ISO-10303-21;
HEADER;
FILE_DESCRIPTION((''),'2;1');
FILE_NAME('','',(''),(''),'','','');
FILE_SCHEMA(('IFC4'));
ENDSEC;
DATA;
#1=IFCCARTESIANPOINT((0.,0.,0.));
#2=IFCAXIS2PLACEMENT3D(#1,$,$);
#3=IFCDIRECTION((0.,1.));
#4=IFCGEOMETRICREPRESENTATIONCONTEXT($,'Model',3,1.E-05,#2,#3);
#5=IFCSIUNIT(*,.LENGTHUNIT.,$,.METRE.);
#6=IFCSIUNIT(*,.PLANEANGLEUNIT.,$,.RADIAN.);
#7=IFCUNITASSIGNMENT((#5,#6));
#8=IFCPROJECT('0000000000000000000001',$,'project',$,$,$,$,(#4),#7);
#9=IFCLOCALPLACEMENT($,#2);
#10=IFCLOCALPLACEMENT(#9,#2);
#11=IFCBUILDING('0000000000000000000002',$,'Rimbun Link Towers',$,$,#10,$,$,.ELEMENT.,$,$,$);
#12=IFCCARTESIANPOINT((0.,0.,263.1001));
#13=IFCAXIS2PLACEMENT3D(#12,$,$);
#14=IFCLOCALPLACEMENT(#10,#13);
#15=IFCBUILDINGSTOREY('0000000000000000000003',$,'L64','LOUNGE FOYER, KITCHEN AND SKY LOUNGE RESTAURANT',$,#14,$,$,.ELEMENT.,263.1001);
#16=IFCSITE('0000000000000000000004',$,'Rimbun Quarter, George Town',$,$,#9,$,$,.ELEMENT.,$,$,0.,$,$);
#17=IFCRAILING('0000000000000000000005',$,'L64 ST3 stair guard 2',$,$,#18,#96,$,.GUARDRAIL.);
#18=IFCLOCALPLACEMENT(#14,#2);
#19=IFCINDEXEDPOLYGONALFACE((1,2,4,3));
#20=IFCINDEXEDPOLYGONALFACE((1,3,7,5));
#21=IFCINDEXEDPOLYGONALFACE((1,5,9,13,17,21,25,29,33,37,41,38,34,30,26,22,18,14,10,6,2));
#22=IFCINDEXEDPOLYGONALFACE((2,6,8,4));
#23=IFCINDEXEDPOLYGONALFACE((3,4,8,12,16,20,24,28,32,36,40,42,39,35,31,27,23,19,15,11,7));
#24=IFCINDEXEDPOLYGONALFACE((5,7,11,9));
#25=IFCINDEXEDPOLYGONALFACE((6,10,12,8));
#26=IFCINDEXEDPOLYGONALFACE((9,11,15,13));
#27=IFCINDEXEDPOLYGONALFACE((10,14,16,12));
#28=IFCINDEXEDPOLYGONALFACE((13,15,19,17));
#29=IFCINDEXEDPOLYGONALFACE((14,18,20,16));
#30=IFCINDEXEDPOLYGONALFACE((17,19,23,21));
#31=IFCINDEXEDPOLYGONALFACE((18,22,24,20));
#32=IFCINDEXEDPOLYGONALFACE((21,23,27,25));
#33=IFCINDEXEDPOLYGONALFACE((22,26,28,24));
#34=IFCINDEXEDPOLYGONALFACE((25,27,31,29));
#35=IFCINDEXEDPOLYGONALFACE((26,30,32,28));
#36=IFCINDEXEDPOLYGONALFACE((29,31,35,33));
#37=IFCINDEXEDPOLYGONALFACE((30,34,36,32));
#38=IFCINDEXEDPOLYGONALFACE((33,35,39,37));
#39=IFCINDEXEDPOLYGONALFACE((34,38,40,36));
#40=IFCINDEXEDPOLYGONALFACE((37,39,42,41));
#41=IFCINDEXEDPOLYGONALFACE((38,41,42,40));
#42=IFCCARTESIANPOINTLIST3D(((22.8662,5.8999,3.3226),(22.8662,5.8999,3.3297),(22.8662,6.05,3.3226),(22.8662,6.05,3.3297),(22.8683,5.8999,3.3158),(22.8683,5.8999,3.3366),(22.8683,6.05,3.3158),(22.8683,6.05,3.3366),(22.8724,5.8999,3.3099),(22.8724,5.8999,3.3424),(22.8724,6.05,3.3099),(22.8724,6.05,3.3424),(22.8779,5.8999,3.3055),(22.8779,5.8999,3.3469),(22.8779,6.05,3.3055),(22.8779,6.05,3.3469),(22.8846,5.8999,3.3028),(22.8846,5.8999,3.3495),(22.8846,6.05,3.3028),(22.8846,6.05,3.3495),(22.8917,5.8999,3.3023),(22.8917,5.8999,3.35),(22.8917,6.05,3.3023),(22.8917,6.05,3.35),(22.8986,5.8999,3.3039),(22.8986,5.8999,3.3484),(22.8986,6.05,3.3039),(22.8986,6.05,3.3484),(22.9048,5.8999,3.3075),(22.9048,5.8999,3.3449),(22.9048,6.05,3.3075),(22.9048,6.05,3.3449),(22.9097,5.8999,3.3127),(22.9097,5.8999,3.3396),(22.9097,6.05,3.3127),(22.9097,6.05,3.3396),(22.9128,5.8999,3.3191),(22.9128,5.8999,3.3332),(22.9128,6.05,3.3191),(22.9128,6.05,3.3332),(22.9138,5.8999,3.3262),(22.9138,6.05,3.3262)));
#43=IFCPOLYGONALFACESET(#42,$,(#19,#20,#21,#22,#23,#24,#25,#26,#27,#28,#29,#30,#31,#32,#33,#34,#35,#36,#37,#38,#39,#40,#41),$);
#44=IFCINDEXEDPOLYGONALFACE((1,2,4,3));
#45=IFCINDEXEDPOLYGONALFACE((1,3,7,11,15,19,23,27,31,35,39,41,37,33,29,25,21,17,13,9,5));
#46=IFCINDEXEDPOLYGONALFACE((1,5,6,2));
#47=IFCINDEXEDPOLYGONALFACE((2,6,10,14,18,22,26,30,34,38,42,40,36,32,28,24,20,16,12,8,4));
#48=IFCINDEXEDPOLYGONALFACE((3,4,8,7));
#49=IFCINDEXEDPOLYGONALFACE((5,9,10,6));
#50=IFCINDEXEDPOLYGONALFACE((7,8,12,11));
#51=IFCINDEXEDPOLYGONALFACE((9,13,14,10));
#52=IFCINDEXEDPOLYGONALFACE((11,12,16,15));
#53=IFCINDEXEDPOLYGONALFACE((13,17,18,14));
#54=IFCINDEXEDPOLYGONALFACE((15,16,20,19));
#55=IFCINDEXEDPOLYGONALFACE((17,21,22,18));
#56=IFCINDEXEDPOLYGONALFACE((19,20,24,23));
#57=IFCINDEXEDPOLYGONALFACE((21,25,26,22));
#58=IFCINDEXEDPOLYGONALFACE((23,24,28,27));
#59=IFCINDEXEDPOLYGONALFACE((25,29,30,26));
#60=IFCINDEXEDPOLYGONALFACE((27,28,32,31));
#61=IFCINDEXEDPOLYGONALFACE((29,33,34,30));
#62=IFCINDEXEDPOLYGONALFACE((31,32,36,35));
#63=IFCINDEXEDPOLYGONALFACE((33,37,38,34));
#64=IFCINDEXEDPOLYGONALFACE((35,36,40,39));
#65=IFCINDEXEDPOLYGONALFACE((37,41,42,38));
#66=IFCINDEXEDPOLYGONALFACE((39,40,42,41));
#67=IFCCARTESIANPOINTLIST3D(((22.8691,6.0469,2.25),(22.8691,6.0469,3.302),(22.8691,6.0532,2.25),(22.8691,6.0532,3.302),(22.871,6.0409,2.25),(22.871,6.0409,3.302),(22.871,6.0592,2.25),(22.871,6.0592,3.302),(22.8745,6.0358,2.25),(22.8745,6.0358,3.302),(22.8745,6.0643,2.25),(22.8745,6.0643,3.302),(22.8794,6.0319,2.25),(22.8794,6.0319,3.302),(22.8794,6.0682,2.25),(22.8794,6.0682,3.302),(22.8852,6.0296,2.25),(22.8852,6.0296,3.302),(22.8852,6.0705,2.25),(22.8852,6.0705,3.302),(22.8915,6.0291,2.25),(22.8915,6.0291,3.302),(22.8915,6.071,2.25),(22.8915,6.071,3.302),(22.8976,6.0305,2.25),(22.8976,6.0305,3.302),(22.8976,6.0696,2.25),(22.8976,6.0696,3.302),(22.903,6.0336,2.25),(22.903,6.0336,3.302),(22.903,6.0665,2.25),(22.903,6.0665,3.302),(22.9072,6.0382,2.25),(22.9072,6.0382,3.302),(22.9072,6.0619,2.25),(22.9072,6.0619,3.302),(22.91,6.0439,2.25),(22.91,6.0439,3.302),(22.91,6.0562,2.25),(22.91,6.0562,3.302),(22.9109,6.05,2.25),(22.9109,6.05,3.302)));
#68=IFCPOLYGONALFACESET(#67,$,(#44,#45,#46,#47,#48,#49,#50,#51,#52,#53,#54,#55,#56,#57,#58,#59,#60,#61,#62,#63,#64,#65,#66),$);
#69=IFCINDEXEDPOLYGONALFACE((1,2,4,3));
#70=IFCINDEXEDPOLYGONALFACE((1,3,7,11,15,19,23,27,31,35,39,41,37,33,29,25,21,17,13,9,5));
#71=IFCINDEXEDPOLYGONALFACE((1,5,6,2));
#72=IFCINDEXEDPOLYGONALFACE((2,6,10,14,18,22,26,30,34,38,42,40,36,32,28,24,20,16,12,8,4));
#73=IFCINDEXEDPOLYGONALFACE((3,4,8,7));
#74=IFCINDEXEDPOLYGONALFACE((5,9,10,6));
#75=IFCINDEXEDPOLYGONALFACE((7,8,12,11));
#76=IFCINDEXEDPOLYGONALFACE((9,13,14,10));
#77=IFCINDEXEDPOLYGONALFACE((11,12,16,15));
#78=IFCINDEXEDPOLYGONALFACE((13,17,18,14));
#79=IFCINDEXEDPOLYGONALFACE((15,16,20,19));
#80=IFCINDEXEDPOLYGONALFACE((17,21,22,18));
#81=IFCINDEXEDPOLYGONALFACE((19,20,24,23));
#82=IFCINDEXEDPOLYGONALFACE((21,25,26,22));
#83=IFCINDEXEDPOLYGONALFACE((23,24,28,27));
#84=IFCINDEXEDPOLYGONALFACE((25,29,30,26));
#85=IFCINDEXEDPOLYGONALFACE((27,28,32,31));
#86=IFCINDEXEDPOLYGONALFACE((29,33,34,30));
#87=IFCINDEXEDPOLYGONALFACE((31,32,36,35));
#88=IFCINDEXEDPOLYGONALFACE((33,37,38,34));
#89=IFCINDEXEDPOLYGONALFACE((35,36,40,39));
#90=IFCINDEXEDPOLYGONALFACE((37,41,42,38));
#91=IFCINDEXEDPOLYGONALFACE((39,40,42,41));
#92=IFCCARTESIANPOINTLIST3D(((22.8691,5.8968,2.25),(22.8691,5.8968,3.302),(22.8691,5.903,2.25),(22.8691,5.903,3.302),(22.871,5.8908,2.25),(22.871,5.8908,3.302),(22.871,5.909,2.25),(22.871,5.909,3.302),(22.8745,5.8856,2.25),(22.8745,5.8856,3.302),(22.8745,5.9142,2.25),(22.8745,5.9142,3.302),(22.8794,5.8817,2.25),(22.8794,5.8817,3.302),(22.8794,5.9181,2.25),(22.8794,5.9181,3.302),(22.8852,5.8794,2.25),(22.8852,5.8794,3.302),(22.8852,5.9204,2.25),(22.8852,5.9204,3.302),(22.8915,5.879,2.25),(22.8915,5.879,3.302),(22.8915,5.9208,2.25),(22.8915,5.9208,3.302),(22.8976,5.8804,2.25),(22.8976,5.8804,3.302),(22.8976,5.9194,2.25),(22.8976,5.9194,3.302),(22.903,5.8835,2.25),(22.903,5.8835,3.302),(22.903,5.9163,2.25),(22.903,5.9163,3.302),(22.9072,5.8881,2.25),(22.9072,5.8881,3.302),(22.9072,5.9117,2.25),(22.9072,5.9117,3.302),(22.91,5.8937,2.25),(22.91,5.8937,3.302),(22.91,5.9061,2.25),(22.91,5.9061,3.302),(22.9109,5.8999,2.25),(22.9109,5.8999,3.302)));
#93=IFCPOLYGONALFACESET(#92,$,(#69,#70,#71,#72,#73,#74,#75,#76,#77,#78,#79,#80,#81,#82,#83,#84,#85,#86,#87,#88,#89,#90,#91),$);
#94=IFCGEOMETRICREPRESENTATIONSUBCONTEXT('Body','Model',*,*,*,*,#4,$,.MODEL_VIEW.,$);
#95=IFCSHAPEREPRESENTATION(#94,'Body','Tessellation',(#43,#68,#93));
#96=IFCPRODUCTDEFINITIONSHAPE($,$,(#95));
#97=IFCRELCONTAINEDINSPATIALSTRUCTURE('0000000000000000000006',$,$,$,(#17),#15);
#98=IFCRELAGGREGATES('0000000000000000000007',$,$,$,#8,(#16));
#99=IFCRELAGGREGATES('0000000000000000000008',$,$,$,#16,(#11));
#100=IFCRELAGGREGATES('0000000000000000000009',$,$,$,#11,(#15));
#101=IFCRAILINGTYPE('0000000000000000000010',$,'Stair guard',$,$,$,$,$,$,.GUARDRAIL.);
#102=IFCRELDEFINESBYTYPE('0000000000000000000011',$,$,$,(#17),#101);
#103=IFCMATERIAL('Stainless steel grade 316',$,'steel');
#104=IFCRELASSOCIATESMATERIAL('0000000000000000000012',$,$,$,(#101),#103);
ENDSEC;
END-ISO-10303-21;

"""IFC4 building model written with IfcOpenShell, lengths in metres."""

from ifc_helpers import new_model, si_unit, direction, frame, origin, origin_2d, place, context, subcontext, project, spatial, circle, extrude, material, type_object, element, save


model = new_model("IFC4")

# Units and contexts
model_context = context("Model", 3, precision=1e-05, world=origin(), true_north=direction((0.0, 1.0)))
body_context = subcontext(model_context, "Body", "Model", "MODEL_VIEW")
ifc_project = project(units=[si_unit("LENGTHUNIT", "METRE"), si_unit("PLANEANGLEUNIT", "RADIAN")], contexts=[model_context])

# Site, building, storey
site_placement = place(None, origin())
site = spatial("IfcSite", under=ifc_project, at=site_placement, Name="Rimbun Quarter, George Town", CompositionType="ELEMENT", RefElevation=0.0)
building_placement = place(site_placement, origin())
building = spatial("IfcBuilding", under=site, at=building_placement, Name="Rimbun Link Towers", CompositionType="ELEMENT")
storey_placement = place(building_placement, frame((0.0, 0.0, 263.1001)))
storey = spatial("IfcBuildingStorey", under=building, at=storey_placement, Name="L64", Description="LOUNGE FOYER, KITCHEN AND SKY LOUNGE RESTAURANT", CompositionType="ELEMENT", Elevation=263.1001)

# Railing
ifc_material_1 = material(Name="Stainless steel grade 316", Category="steel")
railing_type_1 = type_object("IfcRailingType", Name="Stair guard", PredefinedType="GUARDRAIL", material=ifc_material_1)
railing_1_placement = place(storey_placement, frame((22.8899, 6.05, 2.25)))
element("IfcRailing", 1, at=railing_1_placement, inside=storey, type_object=railing_type_1, Name="L64 ST3 stair guard 2", PredefinedType="GUARDRAIL", context=body_context, shape_type="SweptSolid", body=[
    extrude(circle(Radius=0.0239, at=origin_2d()), frame((0.0, 0.0, 1.0762), z_axis=(0.0, -1.0, 0.0), x_axis=(1.0, 0.0, 0.0)), (0.0, 0.0, 1.0), 0.1501),
    extrude(circle(Radius=0.021, at=origin_2d()), origin(), (0.0, 0.0, 1.0), 1.052),
    extrude(circle(Radius=0.021, at=origin_2d()), frame((0.0, -0.1501, 0.0)), (0.0, 0.0, 1.0), 1.052),
])

save(model, "model.ifc")
